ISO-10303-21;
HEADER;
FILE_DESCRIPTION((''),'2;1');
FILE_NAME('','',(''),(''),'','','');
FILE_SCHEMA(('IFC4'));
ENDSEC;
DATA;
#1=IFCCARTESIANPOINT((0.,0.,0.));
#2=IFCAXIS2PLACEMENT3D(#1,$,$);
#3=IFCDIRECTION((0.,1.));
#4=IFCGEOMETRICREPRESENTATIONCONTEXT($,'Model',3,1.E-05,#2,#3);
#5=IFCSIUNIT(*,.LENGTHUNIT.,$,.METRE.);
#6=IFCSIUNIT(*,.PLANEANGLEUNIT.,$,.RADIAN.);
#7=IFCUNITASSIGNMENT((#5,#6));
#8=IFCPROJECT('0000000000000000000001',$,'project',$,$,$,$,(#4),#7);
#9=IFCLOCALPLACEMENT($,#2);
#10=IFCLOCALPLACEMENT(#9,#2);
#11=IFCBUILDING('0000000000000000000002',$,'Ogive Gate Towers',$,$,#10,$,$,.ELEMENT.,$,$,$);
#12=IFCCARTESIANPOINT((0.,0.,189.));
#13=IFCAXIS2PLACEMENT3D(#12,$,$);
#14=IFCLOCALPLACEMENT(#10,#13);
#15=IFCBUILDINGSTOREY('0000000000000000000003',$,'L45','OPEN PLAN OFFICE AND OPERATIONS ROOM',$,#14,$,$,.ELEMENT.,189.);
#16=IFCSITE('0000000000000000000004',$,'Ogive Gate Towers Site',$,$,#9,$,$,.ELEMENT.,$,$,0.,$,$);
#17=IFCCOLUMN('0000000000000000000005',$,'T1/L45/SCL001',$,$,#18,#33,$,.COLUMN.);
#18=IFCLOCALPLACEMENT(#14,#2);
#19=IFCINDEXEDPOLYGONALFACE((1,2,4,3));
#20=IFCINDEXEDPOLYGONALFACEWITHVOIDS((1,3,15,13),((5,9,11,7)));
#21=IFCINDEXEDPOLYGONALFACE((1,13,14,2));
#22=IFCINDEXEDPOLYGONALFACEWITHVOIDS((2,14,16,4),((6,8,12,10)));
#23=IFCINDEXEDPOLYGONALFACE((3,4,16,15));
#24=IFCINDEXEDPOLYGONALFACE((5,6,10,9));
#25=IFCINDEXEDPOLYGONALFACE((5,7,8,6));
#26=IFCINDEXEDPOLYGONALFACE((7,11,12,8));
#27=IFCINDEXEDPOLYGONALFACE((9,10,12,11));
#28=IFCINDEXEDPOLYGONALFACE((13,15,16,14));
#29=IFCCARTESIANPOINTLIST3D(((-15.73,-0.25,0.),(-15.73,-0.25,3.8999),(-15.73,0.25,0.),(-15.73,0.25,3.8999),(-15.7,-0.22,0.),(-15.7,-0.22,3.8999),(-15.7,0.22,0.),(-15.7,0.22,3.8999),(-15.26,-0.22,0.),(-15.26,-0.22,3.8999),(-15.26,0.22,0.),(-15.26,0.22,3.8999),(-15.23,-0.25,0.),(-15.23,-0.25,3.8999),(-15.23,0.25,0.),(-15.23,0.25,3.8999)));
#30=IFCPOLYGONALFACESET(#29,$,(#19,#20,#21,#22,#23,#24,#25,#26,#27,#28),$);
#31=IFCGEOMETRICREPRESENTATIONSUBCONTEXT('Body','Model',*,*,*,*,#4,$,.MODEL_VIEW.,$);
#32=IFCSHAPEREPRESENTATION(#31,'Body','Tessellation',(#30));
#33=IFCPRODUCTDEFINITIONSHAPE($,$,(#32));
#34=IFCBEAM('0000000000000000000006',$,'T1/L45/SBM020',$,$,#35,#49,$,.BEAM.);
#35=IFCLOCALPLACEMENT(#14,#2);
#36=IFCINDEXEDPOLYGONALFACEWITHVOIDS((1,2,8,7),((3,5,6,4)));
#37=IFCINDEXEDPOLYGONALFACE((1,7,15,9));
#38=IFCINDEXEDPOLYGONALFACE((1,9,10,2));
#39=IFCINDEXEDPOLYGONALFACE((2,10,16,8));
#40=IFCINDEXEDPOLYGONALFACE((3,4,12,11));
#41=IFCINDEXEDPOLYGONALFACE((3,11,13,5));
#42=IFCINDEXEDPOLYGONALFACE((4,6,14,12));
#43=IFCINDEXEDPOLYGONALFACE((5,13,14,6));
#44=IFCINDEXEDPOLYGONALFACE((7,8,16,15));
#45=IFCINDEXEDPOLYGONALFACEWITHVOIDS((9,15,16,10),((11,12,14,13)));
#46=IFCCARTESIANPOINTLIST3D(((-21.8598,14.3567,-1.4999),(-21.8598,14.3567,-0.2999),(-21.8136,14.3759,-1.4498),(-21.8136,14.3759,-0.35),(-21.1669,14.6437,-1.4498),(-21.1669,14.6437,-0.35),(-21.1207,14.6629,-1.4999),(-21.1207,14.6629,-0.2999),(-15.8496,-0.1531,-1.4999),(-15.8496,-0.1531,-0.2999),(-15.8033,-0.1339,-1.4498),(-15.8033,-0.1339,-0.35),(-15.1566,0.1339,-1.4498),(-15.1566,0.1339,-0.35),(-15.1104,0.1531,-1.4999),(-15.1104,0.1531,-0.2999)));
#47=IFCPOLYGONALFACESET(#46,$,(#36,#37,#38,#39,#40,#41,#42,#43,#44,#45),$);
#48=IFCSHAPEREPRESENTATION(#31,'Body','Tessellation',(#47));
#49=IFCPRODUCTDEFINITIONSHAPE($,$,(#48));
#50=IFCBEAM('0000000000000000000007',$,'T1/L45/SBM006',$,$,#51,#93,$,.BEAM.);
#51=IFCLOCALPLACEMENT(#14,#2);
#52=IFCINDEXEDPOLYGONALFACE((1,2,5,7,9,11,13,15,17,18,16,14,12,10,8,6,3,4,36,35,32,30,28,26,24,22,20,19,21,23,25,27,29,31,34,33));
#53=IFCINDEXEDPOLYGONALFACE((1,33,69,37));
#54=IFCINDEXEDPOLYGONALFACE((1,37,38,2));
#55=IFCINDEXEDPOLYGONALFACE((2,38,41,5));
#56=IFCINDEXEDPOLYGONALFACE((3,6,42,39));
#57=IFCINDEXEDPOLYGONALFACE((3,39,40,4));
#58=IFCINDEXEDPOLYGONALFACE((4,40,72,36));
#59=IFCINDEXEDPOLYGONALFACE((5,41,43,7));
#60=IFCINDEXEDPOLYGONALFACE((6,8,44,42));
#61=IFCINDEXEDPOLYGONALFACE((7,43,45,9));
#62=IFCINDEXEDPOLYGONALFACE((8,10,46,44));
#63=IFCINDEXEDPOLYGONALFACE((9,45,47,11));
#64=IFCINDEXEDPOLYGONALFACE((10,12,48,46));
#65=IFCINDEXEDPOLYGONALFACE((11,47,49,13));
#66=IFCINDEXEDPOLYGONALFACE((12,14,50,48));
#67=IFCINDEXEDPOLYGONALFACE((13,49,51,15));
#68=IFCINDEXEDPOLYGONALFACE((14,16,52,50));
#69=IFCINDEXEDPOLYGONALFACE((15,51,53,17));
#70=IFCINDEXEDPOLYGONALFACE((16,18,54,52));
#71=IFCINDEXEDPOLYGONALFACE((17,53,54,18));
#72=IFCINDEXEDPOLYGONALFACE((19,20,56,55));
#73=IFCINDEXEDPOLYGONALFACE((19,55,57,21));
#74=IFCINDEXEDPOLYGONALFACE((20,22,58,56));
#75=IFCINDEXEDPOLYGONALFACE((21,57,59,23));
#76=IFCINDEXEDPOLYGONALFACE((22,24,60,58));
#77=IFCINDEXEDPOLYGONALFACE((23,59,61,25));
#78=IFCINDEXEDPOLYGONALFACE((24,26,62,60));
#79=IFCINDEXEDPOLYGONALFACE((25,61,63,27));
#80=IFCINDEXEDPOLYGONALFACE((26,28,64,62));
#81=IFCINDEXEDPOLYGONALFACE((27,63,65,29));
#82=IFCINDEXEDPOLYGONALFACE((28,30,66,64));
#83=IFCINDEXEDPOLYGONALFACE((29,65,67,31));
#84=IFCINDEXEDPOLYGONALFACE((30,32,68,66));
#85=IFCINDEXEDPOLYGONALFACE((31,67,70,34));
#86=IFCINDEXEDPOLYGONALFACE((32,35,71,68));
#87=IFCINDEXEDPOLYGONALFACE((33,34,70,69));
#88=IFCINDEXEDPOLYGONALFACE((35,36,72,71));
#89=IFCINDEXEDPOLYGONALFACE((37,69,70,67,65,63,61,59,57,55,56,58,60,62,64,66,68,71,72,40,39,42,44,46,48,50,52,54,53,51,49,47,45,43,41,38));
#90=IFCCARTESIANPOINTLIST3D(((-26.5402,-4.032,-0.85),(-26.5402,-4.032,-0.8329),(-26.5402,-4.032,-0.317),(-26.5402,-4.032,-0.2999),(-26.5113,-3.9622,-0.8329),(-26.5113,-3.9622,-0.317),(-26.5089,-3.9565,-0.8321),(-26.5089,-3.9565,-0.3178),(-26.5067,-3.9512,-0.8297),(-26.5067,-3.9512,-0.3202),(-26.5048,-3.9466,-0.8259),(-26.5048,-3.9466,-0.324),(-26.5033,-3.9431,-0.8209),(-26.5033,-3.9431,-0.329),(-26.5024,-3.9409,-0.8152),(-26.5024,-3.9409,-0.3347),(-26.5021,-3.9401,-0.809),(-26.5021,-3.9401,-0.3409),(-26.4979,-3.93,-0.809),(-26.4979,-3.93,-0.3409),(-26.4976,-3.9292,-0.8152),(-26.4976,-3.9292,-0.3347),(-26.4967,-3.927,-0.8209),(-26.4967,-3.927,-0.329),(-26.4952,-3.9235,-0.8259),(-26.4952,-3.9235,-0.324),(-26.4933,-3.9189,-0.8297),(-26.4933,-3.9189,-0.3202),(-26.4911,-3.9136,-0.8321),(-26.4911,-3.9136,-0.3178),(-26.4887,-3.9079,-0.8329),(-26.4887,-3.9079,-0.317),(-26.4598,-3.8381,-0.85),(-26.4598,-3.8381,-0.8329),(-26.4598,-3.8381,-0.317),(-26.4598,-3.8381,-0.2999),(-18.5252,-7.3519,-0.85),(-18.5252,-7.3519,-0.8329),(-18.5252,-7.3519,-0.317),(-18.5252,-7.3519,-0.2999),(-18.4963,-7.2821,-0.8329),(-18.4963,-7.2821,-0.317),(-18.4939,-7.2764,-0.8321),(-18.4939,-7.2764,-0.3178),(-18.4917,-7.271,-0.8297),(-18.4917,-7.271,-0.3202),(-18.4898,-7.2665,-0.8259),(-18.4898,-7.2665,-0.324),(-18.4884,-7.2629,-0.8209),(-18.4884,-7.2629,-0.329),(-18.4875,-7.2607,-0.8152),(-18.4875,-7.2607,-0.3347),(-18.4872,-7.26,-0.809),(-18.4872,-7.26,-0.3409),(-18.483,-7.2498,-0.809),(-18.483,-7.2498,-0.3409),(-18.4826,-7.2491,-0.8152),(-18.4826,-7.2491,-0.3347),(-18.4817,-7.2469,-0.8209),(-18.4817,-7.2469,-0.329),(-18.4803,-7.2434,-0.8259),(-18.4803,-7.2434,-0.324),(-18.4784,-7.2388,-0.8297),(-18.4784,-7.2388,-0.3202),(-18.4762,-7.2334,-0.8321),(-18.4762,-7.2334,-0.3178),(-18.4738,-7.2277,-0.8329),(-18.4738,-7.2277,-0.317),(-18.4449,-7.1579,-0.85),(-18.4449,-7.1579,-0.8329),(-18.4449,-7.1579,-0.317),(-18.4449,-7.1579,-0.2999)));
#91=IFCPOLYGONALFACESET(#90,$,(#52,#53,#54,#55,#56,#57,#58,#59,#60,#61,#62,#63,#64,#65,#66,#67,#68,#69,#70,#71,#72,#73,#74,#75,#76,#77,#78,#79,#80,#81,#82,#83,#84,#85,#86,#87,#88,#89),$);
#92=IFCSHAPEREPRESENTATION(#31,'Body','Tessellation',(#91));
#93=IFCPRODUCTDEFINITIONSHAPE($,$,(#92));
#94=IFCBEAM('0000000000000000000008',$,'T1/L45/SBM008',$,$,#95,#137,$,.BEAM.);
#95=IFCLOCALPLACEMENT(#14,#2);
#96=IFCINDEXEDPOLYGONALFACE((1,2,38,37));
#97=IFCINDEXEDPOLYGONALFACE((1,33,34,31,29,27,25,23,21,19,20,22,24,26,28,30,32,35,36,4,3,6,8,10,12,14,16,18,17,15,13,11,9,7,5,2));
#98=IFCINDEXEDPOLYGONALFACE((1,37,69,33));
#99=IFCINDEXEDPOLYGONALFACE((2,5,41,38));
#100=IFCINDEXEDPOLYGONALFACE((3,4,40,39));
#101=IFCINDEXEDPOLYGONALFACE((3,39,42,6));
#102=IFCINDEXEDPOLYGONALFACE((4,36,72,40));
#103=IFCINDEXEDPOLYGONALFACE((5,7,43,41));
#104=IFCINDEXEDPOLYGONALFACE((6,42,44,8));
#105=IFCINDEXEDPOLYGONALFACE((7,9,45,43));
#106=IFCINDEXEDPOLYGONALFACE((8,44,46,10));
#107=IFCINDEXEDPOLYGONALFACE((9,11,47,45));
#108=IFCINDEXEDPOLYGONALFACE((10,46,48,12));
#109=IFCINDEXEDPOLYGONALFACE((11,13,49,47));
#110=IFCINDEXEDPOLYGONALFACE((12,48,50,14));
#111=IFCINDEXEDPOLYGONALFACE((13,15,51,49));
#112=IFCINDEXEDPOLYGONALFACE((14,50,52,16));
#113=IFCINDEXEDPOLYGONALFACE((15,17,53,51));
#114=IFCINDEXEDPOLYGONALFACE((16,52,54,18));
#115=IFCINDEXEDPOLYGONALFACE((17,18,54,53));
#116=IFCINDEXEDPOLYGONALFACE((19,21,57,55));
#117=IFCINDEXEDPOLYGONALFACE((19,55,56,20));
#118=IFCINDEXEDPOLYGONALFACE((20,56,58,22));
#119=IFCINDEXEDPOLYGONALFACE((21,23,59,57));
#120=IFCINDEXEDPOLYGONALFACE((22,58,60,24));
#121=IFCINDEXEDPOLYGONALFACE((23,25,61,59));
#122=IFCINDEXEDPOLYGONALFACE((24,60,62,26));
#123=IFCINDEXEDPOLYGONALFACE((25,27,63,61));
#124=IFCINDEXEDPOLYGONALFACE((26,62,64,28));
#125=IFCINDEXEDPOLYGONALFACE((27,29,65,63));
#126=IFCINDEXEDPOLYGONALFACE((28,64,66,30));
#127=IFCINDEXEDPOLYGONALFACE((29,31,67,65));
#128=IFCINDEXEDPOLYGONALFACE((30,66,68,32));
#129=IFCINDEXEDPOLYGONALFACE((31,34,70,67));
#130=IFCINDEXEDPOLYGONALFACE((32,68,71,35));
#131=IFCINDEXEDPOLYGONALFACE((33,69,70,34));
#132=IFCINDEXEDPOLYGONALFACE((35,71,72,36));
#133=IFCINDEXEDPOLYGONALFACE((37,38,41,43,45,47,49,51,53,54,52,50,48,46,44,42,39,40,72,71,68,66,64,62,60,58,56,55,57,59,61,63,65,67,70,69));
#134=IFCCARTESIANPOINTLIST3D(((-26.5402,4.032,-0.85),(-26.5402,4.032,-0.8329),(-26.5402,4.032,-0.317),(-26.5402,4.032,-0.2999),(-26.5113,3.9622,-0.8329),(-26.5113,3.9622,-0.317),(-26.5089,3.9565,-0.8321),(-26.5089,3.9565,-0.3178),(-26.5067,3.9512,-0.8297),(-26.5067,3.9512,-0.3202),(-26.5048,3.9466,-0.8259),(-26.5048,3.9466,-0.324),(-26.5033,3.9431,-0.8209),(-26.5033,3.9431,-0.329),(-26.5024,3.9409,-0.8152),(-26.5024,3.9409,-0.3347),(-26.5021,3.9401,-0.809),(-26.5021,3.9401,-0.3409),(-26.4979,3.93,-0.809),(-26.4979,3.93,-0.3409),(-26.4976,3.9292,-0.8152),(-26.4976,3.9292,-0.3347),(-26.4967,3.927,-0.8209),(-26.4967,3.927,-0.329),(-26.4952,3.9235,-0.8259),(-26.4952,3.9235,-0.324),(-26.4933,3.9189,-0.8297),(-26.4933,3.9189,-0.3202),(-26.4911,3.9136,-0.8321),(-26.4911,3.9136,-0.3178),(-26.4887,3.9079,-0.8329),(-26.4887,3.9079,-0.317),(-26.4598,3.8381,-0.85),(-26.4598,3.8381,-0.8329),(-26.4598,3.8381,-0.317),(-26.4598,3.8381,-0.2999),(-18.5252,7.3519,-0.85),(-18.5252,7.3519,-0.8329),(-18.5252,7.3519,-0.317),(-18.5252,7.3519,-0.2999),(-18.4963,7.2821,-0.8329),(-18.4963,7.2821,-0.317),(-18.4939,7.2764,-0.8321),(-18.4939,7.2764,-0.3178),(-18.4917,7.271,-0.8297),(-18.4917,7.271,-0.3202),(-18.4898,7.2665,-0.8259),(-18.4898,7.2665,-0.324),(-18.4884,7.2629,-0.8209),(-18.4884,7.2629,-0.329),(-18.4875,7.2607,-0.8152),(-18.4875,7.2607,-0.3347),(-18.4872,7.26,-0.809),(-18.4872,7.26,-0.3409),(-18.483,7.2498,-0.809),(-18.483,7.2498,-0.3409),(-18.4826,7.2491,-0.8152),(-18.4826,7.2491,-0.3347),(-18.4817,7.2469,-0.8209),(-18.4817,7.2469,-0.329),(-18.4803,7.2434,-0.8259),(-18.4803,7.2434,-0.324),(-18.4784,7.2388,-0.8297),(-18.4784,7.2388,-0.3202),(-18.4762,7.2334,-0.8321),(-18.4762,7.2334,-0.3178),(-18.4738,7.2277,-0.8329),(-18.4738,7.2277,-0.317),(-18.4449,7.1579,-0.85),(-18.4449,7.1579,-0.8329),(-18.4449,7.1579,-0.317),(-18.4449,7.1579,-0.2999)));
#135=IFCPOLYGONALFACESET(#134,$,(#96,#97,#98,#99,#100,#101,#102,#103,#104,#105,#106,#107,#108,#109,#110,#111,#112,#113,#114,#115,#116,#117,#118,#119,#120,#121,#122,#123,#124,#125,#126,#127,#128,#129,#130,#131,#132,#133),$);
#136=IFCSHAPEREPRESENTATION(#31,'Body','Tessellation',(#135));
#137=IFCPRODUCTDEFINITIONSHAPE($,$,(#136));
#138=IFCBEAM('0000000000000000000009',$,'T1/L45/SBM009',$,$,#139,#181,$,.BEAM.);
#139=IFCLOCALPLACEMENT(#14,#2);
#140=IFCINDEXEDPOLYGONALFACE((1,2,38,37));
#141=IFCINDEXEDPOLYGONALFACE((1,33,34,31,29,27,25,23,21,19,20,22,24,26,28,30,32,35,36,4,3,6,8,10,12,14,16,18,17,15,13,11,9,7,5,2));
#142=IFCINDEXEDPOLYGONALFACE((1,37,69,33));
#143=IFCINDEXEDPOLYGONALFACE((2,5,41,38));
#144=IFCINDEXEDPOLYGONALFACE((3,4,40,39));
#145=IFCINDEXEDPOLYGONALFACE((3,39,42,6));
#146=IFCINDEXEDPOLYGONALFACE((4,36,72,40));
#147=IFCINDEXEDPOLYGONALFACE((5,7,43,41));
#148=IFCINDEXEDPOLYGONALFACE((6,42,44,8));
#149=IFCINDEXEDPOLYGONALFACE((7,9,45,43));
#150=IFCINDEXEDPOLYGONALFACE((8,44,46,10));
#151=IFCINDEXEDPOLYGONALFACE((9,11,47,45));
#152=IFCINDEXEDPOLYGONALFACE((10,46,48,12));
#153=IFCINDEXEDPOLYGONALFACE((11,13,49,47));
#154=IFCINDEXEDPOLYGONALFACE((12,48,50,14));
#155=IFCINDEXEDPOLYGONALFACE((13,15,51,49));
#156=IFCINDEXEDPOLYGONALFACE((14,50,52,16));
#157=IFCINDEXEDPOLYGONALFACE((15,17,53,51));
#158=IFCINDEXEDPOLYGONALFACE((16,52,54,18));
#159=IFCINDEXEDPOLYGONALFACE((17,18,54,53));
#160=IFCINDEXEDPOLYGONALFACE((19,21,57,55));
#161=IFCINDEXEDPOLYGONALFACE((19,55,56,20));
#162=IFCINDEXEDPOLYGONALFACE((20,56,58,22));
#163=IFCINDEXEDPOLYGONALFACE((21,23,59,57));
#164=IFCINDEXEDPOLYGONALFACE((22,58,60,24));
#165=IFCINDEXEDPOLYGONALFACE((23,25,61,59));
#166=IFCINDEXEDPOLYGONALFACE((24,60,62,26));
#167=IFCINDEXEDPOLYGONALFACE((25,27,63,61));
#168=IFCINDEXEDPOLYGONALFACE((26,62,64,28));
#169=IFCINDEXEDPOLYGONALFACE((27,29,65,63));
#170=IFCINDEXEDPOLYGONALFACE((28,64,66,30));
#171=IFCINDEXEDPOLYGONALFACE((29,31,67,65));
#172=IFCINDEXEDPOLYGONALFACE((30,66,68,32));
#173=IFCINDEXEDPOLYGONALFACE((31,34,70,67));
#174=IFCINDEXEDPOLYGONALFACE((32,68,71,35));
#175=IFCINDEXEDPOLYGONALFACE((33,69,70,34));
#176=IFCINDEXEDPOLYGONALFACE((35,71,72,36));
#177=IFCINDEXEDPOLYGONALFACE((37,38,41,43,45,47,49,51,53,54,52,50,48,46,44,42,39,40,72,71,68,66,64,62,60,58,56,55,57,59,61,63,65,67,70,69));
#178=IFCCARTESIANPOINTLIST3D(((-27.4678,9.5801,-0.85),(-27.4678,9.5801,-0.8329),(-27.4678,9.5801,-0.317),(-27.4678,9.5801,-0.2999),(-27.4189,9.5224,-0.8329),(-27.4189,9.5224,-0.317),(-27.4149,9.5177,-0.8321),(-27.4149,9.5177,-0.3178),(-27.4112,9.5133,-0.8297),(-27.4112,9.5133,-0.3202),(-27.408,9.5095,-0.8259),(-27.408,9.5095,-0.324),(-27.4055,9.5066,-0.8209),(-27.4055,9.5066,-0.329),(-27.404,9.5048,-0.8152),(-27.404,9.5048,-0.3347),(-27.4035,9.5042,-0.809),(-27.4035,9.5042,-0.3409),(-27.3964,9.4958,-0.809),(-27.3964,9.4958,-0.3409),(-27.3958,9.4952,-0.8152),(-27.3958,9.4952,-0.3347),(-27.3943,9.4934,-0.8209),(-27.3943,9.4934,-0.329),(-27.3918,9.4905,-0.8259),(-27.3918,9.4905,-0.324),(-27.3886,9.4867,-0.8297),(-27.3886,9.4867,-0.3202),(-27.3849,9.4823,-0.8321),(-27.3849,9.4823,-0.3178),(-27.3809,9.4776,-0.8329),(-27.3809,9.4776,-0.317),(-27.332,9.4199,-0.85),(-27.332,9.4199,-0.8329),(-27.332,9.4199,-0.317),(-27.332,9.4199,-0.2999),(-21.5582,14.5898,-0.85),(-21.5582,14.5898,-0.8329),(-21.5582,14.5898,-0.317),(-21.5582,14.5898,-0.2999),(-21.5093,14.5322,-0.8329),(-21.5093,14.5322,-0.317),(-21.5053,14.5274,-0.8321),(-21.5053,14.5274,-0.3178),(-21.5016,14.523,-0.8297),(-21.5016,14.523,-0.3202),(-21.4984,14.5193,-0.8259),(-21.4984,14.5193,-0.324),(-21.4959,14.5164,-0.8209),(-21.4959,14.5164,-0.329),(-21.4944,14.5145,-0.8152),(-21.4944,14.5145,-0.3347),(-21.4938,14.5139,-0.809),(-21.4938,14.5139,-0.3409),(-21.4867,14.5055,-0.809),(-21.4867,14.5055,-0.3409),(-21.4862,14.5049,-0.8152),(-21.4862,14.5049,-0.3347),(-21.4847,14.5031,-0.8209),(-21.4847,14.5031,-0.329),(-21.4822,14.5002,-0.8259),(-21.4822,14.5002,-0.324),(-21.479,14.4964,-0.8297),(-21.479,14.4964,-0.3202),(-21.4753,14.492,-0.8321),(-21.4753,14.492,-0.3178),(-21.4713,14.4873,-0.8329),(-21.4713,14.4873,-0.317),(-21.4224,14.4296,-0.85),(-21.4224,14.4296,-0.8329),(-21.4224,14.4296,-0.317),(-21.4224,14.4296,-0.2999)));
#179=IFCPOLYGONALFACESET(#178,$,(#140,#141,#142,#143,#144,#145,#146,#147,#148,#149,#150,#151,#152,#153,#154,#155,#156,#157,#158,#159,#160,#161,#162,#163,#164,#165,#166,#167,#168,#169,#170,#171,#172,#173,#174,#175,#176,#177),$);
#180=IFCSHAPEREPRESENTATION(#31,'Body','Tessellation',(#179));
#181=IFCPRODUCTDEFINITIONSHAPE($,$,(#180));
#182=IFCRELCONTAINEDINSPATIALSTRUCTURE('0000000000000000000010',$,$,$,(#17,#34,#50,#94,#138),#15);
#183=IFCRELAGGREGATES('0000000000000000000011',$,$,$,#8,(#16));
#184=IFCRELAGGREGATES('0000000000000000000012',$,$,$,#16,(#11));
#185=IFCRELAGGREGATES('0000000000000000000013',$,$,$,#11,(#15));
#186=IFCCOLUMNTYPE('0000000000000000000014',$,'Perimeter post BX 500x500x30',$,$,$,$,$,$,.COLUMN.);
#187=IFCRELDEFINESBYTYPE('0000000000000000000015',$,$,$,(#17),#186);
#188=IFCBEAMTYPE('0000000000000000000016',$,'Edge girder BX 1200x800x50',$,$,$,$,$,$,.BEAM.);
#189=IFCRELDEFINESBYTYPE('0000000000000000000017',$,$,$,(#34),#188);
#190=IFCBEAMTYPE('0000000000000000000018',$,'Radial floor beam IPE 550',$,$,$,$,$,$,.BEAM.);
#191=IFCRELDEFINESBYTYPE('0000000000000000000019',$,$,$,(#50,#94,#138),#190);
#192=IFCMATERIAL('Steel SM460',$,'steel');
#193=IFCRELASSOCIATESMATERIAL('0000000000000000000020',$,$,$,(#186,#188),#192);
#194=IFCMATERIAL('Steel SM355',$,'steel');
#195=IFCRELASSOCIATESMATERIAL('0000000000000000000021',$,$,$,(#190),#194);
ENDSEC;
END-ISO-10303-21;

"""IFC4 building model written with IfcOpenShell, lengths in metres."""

from ifc_helpers import new_model, si_unit, direction, frame, origin, origin_2d, place, context, subcontext, project, spatial, hollow_rectangle, i_section, extrude, material, material_profile, profile_set, type_object, element, save


model = new_model("IFC4")

# Units and contexts
model_context = context("Model", 3, precision=1e-05, world=origin(), true_north=direction((0.0, 1.0)))
body_context = subcontext(model_context, "Body", "Model", "MODEL_VIEW")
ifc_project = project(units=[si_unit("LENGTHUNIT", "METRE"), si_unit("PLANEANGLEUNIT", "RADIAN")], contexts=[model_context])

# Site, building, storey
site_placement = place(None, origin())
site = spatial("IfcSite", under=ifc_project, at=site_placement, Name="Ogive Gate Towers Site", CompositionType="ELEMENT", RefElevation=0.0)
building_placement = place(site_placement, origin())
building = spatial("IfcBuilding", under=site, at=building_placement, Name="Ogive Gate Towers", CompositionType="ELEMENT")
storey_placement = place(building_placement, frame((0.0, 0.0, 189.0)))
storey = spatial("IfcBuildingStorey", under=building, at=storey_placement, Name="L45", Description="OPEN PLAN OFFICE AND OPERATIONS ROOM", CompositionType="ELEMENT", Elevation=189.0)

# Column
ifc_material_1 = material(Name="Steel SM460", Category="steel")
ifc_material_profile_1 = material_profile(ifc_material_1, hollow_rectangle(XDim=0.5, YDim=0.5, WallThickness=0.03, at=origin_2d()), Name="BX 500x500x30")
ifc_profile_set_1 = profile_set([ifc_material_profile_1], Name="Steel SM460")
column_type = type_object("IfcColumnType", Name="Perimeter post BX 500x500x30", PredefinedType="COLUMN", material=ifc_profile_set_1)
column_placement = place(storey_placement, frame((-15.48, 0.0, 0.0), z_axis=(0.0, 0.0, 1.0), x_axis=(1.0, 0.0, 0.0)))
element("IfcColumn", 1, at=column_placement, inside=storey, type_object=column_type, Name="T1/L45/SCL001", PredefinedType="COLUMN", context=body_context, shape_type="SweptSolid", body=[
    extrude(hollow_rectangle(XDim=0.5, YDim=0.5, WallThickness=0.03, at=origin_2d()), origin(), (0.0, 0.0, 1.0), 3.8999),
])

# Beams
ifc_material_profile_2 = material_profile(ifc_material_1, hollow_rectangle(XDim=0.8, YDim=1.2, WallThickness=0.05, at=origin_2d()), Name="BX 1200x800x50")
ifc_profile_set_2 = profile_set([ifc_material_profile_2], Name="Steel SM460")
beam_type_1 = type_object("IfcBeamType", Name="Edge girder BX 1200x800x50", PredefinedType="BEAM", material=ifc_profile_set_2)
beam_1_placement = place(storey_placement, frame((-15.48, 0.0, -0.8999), z_axis=(-0.38269, 0.923877, 0.0), x_axis=(-0.923877, -0.38269, 0.0)))
element("IfcBeam", 2, at=beam_1_placement, inside=storey, type_object=beam_type_1, Name="T1/L45/SBM020", PredefinedType="BEAM", context=body_context, shape_type="SweptSolid", body=[
    extrude(hollow_rectangle(XDim=0.8, YDim=1.2, WallThickness=0.05, at=origin_2d()), origin(), (0.0, 0.0, 1.0), 15.7053),
])
ifc_material_2 = material(Name="Steel SM355", Category="steel")
ifc_material_profile_3 = material_profile(ifc_material_2, i_section(OverallWidth=0.21, OverallDepth=0.55, WebThickness=0.011, FlangeThickness=0.0171, FilletRadius=0.0239, at=origin_2d()), Name="IPE 550")
ifc_profile_set_3 = profile_set([ifc_material_profile_3], Name="Steel SM355")
beam_type_2 = type_object("IfcBeamType", Name="Radial floor beam IPE 550", PredefinedType="BEAM", material=ifc_profile_set_3)
for number, where, z_axis, x_axis, name in (
    (3, (-26.5, -3.9351, -0.575), (0.923882, -0.382678, 0.0), (0.382678, 0.923882, 0.0), "T1/L45/SBM006"),
    (4, (-26.5, 3.9351, -0.575), (0.923882, 0.382678, 0.0), (-0.382678, 0.923882, 0.0), "T1/L45/SBM008"),
):
    element("IfcBeam", number, at=place(storey_placement, frame(where, z_axis=z_axis, x_axis=x_axis)), inside=storey, type_object=beam_type_2, Name=name, PredefinedType="BEAM", context=body_context, shape_type="SweptSolid", body=[
        extrude(i_section(OverallWidth=0.21, OverallDepth=0.55, WebThickness=0.011, FlangeThickness=0.0171, FilletRadius=0.0239, at=origin_2d()), origin(), (0.0, 0.0, 1.0), 8.6753),
    ])
beam_2_placement = place(storey_placement, frame((-27.3999, 9.5, -0.575), z_axis=(0.762795, 0.64664, 0.0), x_axis=(-0.64664, 0.762795, 0.0)))
element("IfcBeam", 5, at=beam_2_placement, inside=storey, type_object=beam_type_2, Name="T1/L45/SBM009", PredefinedType="BEAM", context=body_context, shape_type="SweptSolid", body=[
    extrude(i_section(OverallWidth=0.21, OverallDepth=0.55, WebThickness=0.011, FlangeThickness=0.0171, FilletRadius=0.0239, at=origin_2d()), origin(), (0.0, 0.0, 1.0), 7.7473),
])

save(model, "model.ifc")
